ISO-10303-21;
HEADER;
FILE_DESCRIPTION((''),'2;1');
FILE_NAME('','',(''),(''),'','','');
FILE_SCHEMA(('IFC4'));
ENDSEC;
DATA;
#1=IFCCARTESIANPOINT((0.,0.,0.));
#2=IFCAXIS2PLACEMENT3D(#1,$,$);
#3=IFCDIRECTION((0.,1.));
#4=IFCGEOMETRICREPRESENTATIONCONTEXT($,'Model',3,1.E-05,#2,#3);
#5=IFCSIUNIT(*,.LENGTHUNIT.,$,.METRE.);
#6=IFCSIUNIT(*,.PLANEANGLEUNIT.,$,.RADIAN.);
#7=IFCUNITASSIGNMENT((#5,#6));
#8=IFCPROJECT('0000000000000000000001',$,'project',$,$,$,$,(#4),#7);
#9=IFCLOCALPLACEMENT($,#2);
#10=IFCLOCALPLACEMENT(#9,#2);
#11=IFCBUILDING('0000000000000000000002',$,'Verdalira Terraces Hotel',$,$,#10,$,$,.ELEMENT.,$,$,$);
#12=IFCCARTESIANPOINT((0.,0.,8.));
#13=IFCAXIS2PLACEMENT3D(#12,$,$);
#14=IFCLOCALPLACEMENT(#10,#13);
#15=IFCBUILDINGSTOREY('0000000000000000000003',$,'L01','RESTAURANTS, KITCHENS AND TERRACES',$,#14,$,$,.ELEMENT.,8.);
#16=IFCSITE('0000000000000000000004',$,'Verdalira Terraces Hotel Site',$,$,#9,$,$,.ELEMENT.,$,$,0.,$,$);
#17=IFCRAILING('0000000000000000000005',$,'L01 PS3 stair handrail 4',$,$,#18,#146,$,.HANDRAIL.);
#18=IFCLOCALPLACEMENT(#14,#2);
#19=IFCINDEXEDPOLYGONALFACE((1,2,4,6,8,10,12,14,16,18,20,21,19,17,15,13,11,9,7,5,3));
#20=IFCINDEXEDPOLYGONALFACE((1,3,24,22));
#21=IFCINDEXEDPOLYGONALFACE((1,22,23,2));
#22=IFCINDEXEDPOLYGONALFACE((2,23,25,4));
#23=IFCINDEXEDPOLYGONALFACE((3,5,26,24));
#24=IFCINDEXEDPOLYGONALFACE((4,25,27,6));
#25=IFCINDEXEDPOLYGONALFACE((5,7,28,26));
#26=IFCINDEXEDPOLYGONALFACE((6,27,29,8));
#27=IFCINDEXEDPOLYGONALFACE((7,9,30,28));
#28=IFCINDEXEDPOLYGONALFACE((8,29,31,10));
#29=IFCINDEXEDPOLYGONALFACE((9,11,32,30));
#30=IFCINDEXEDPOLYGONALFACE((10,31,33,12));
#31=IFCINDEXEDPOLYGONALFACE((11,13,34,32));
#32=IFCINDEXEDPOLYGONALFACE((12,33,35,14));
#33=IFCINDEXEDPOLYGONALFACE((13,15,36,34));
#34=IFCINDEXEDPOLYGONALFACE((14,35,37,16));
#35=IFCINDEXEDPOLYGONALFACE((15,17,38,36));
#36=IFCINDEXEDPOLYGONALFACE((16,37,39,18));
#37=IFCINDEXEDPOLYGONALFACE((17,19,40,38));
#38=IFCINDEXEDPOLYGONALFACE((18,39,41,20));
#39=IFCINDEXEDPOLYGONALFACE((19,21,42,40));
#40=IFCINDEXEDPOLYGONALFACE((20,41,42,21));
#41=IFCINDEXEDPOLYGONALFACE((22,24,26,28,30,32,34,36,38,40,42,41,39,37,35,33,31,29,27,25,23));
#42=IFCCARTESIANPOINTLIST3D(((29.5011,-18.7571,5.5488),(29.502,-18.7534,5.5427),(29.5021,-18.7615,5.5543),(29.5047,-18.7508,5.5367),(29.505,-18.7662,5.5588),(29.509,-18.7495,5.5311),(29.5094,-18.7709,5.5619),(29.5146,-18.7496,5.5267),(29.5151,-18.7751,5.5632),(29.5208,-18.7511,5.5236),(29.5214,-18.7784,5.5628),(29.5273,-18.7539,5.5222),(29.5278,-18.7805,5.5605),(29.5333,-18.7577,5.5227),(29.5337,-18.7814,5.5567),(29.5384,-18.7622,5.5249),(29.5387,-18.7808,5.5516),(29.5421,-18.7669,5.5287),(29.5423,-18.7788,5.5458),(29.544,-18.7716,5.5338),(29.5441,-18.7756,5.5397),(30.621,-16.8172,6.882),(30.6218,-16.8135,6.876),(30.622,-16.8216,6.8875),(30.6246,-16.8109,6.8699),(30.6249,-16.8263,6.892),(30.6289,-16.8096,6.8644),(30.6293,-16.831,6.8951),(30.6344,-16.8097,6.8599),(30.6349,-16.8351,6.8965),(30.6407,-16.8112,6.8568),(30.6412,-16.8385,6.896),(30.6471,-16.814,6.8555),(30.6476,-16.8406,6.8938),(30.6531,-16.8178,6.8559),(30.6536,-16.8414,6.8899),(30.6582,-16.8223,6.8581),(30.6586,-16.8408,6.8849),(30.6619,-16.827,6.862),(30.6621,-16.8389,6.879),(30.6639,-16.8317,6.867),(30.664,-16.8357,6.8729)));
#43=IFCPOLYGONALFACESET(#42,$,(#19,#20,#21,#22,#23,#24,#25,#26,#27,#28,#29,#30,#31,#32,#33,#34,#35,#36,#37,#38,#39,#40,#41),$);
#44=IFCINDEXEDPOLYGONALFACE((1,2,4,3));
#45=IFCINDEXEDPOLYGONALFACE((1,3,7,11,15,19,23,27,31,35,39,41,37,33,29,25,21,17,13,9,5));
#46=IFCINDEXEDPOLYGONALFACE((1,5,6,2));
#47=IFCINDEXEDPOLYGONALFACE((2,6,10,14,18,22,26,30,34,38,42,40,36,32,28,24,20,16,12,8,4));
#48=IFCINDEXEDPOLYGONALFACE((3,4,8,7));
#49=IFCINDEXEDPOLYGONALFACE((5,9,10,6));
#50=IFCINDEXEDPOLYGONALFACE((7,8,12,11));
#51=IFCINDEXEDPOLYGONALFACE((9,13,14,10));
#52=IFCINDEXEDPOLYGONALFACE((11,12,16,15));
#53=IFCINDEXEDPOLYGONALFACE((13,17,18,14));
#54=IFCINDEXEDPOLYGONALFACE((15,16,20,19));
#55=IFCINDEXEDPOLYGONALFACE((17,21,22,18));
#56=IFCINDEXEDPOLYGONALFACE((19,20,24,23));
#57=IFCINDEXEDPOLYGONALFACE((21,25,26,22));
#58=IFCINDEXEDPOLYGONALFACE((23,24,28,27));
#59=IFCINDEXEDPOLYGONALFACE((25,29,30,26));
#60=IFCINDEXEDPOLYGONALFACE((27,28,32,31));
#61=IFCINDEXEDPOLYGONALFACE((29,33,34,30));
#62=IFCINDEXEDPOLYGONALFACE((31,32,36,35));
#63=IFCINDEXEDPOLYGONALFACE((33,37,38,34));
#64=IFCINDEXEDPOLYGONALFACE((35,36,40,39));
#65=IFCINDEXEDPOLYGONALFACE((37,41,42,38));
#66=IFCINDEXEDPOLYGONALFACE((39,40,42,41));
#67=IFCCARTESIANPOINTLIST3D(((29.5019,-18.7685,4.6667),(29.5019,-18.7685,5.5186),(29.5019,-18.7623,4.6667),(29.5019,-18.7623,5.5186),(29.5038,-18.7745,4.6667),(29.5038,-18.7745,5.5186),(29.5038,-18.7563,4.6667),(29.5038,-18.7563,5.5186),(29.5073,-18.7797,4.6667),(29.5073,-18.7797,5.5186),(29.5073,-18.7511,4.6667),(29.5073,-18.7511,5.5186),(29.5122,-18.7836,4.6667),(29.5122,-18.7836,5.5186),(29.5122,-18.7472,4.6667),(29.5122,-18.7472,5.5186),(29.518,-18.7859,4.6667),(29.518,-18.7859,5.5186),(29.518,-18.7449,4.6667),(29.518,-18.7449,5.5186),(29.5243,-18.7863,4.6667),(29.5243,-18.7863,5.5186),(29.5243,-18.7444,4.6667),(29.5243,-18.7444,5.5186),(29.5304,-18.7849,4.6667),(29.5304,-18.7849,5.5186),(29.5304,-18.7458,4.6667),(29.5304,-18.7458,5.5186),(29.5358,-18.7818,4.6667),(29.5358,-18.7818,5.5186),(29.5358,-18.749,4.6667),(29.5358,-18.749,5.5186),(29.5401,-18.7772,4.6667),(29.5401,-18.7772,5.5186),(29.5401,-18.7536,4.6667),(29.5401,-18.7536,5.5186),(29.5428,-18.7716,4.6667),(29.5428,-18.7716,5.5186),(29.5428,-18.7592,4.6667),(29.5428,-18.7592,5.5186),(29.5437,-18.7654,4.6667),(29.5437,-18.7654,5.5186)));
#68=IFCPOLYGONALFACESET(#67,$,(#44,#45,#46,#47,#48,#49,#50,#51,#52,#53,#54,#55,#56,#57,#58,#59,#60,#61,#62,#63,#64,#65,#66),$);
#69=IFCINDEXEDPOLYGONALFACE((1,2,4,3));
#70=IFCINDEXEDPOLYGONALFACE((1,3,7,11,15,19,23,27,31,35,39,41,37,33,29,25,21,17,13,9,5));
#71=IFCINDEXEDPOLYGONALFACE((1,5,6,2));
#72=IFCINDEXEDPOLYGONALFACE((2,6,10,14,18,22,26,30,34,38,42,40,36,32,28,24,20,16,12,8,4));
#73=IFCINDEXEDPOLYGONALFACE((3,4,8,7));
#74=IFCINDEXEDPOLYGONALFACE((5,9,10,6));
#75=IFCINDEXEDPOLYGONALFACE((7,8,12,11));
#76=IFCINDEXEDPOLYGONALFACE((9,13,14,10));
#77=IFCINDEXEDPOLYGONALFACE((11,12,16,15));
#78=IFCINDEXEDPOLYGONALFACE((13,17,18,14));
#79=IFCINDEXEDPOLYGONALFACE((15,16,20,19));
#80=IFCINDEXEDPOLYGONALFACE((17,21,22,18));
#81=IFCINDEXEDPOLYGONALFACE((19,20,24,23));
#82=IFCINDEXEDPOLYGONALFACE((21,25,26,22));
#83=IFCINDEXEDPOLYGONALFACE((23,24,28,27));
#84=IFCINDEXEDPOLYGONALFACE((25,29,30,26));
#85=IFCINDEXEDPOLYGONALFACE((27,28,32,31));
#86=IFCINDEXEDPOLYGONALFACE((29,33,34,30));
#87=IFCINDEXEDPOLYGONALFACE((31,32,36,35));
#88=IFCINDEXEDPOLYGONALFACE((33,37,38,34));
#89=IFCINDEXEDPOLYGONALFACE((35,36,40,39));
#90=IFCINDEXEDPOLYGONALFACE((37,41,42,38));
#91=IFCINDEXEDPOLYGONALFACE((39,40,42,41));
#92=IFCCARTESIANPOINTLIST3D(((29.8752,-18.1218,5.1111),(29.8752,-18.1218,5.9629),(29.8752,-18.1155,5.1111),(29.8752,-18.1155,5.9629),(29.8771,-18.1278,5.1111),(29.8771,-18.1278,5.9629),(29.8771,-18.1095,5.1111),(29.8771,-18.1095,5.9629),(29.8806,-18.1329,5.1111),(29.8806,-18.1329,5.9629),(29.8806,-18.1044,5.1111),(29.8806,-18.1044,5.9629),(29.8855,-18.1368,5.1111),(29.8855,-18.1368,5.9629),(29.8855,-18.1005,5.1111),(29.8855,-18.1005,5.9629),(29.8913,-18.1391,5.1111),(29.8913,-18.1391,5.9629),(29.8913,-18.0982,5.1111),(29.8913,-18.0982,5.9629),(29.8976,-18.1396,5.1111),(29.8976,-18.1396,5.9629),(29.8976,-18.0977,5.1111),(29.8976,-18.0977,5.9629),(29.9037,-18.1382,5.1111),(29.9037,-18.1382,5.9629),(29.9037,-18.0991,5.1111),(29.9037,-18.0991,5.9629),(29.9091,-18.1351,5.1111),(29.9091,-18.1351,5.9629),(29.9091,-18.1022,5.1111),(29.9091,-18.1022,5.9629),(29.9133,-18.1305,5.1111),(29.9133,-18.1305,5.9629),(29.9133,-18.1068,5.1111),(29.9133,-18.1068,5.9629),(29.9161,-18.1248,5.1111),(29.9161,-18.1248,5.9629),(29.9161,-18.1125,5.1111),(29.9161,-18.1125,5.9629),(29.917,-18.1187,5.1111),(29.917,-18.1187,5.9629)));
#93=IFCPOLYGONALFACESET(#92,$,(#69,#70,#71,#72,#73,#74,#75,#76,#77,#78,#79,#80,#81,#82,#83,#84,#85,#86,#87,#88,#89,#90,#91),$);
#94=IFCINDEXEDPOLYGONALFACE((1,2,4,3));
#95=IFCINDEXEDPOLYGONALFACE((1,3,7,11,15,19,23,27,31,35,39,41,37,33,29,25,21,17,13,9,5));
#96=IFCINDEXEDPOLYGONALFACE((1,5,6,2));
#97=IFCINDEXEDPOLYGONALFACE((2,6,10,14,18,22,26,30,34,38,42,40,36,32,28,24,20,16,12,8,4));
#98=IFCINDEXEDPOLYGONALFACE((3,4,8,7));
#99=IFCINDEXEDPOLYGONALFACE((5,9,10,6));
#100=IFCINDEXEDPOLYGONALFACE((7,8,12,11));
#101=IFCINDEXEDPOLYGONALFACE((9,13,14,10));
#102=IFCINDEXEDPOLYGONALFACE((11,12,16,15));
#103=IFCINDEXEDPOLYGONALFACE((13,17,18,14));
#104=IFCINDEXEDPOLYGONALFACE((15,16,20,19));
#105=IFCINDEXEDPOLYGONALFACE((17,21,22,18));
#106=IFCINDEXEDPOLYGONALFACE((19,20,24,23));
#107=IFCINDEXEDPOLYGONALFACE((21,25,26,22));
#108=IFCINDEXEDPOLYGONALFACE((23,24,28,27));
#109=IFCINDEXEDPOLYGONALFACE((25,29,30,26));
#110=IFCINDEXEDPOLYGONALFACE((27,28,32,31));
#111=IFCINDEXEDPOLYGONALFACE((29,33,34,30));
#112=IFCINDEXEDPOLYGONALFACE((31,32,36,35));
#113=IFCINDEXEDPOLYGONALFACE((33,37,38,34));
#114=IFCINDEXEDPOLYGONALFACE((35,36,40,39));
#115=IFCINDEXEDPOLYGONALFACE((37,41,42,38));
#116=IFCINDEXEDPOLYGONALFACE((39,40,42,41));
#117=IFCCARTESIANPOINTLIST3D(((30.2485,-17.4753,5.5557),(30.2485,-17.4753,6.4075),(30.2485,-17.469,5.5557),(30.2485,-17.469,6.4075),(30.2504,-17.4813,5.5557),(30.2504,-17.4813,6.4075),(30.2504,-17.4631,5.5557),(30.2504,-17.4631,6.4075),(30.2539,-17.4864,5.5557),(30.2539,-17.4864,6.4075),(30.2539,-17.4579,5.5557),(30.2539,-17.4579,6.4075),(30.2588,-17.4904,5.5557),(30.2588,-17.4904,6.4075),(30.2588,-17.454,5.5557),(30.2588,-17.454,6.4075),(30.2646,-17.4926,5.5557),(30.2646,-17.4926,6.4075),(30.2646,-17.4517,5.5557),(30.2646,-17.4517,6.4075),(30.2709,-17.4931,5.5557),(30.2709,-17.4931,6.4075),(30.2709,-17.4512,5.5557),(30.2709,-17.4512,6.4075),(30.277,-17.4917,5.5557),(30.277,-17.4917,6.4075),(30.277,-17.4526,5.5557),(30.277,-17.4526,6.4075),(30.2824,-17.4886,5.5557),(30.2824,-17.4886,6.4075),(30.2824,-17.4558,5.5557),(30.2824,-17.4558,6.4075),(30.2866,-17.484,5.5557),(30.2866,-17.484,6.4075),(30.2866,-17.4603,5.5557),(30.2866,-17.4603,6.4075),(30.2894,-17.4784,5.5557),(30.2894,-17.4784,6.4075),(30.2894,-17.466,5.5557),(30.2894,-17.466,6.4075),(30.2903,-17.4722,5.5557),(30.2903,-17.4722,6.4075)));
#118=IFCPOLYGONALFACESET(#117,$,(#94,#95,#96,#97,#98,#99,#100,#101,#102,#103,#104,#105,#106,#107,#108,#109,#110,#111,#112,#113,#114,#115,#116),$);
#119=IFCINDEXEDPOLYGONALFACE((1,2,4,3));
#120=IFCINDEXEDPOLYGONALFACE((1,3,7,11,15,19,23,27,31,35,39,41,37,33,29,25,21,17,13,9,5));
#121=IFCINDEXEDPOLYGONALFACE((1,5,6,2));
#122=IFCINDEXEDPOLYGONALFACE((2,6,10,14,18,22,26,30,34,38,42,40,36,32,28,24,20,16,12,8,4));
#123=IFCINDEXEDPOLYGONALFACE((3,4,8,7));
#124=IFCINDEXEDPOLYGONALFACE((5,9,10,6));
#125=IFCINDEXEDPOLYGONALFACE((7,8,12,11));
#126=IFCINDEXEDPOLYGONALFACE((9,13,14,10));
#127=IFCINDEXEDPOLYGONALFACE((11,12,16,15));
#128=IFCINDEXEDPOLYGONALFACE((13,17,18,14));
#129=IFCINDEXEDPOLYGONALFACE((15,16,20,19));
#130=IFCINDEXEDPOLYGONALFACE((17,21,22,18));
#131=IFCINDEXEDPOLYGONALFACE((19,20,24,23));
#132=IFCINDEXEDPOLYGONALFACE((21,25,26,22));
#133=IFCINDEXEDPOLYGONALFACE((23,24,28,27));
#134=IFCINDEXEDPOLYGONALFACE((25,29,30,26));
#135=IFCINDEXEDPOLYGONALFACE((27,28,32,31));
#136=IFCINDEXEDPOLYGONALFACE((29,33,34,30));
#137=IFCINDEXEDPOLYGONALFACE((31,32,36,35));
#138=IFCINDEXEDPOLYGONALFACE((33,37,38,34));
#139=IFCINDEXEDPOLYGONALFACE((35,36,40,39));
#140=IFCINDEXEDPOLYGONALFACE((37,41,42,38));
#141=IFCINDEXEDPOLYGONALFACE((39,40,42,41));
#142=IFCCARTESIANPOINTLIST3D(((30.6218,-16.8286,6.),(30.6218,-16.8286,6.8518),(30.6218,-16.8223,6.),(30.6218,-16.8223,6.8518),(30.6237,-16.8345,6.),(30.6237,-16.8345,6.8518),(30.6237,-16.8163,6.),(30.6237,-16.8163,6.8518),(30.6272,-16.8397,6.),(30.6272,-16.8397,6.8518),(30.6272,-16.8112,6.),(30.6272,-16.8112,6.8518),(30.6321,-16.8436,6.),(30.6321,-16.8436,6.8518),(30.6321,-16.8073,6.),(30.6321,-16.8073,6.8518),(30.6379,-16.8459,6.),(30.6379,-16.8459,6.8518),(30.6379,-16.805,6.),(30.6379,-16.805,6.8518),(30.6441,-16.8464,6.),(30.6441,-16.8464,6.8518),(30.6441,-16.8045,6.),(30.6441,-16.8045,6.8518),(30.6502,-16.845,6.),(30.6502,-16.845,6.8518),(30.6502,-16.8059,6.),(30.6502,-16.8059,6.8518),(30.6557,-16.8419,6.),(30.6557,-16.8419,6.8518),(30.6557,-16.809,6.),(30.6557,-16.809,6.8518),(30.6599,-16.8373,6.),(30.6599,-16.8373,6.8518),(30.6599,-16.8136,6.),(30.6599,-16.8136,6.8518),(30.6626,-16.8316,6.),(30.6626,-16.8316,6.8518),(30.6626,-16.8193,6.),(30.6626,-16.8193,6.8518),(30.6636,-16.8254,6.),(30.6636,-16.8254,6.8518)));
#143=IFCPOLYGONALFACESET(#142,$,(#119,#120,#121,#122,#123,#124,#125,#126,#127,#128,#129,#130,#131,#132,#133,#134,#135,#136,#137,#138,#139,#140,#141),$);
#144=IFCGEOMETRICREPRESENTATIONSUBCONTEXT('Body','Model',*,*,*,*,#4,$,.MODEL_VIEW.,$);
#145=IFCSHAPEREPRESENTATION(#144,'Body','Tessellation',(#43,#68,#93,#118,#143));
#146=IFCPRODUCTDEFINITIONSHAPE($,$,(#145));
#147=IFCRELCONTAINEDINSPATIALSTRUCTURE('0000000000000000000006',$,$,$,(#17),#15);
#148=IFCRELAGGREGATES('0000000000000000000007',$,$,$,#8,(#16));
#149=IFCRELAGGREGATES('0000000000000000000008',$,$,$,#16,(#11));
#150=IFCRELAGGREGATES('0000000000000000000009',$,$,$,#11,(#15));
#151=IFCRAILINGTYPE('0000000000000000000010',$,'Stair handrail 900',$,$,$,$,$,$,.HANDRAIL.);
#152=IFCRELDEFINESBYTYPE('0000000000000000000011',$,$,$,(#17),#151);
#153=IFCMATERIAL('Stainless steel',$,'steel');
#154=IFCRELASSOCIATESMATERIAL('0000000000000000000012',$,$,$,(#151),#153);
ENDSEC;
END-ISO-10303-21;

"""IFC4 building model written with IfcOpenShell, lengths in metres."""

from ifc_helpers import new_model, si_unit, direction, frame, origin, origin_2d, place, context, subcontext, project, spatial, circle, extrude, material, type_object, element, save


model = new_model("IFC4")

# Units and contexts
model_context = context("Model", 3, precision=1e-05, world=origin(), true_north=direction((0.0, 1.0)))
body_context = subcontext(model_context, "Body", "Model", "MODEL_VIEW")
ifc_project = project(units=[si_unit("LENGTHUNIT", "METRE"), si_unit("PLANEANGLEUNIT", "RADIAN")], contexts=[model_context])

# Site, building, storey
site_placement = place(None, origin())
site = spatial("IfcSite", under=ifc_project, at=site_placement, Name="Verdalira Terraces Hotel Site", CompositionType="ELEMENT", RefElevation=0.0)
building_placement = place(site_placement, origin())
building = spatial("IfcBuilding", under=site, at=building_placement, Name="Verdalira Terraces Hotel", CompositionType="ELEMENT")
storey_placement = place(building_placement, frame((0.0, 0.0, 8.0)))
storey = spatial("IfcBuildingStorey", under=building, at=storey_placement, Name="L01", Description="RESTAURANTS, KITCHENS AND TERRACES", CompositionType="ELEMENT", Elevation=8.0)

# Railing
ifc_material_1 = material(Name="Stainless steel", Category="steel")
railing_type_1 = type_object("IfcRailingType", Name="Stair handrail 900", PredefinedType="HANDRAIL", material=ifc_material_1)
railing_1_placement = place(storey_placement, frame((29.5227, -18.7654, 4.6667)))
element("IfcRailing", 1, at=railing_1_placement, inside=storey, type_object=railing_type_1, Name="L01 PS3 stair handrail 4", PredefinedType="HANDRAIL", context=body_context, shape_type="SweptSolid", body=[
    extrude(circle(Radius=0.0239, at=origin_2d()), frame((0.0, 0.0, 0.876), z_axis=(0.429608, 0.744205, 0.511465), x_axis=(-0.866055, 0.499949, 0.0)), (0.0, 0.0, 1.0), 2.6067),
    extrude(circle(Radius=0.021, at=origin_2d()), origin(), (0.0, 0.0, 1.0), 0.8518),
    extrude(circle(Radius=0.021, at=origin_2d()), frame((0.3733, 0.6467, 0.4443)), (0.0, 0.0, 1.0), 0.8518),
    extrude(circle(Radius=0.021, at=origin_2d()), frame((0.7466, 1.2932, 0.8889)), (0.0, 0.0, 1.0), 0.8518),
    extrude(circle(Radius=0.021, at=origin_2d()), frame((1.1199, 1.9399, 1.3333)), (0.0, 0.0, 1.0), 0.8518),
])

save(model, "model.ifc")
